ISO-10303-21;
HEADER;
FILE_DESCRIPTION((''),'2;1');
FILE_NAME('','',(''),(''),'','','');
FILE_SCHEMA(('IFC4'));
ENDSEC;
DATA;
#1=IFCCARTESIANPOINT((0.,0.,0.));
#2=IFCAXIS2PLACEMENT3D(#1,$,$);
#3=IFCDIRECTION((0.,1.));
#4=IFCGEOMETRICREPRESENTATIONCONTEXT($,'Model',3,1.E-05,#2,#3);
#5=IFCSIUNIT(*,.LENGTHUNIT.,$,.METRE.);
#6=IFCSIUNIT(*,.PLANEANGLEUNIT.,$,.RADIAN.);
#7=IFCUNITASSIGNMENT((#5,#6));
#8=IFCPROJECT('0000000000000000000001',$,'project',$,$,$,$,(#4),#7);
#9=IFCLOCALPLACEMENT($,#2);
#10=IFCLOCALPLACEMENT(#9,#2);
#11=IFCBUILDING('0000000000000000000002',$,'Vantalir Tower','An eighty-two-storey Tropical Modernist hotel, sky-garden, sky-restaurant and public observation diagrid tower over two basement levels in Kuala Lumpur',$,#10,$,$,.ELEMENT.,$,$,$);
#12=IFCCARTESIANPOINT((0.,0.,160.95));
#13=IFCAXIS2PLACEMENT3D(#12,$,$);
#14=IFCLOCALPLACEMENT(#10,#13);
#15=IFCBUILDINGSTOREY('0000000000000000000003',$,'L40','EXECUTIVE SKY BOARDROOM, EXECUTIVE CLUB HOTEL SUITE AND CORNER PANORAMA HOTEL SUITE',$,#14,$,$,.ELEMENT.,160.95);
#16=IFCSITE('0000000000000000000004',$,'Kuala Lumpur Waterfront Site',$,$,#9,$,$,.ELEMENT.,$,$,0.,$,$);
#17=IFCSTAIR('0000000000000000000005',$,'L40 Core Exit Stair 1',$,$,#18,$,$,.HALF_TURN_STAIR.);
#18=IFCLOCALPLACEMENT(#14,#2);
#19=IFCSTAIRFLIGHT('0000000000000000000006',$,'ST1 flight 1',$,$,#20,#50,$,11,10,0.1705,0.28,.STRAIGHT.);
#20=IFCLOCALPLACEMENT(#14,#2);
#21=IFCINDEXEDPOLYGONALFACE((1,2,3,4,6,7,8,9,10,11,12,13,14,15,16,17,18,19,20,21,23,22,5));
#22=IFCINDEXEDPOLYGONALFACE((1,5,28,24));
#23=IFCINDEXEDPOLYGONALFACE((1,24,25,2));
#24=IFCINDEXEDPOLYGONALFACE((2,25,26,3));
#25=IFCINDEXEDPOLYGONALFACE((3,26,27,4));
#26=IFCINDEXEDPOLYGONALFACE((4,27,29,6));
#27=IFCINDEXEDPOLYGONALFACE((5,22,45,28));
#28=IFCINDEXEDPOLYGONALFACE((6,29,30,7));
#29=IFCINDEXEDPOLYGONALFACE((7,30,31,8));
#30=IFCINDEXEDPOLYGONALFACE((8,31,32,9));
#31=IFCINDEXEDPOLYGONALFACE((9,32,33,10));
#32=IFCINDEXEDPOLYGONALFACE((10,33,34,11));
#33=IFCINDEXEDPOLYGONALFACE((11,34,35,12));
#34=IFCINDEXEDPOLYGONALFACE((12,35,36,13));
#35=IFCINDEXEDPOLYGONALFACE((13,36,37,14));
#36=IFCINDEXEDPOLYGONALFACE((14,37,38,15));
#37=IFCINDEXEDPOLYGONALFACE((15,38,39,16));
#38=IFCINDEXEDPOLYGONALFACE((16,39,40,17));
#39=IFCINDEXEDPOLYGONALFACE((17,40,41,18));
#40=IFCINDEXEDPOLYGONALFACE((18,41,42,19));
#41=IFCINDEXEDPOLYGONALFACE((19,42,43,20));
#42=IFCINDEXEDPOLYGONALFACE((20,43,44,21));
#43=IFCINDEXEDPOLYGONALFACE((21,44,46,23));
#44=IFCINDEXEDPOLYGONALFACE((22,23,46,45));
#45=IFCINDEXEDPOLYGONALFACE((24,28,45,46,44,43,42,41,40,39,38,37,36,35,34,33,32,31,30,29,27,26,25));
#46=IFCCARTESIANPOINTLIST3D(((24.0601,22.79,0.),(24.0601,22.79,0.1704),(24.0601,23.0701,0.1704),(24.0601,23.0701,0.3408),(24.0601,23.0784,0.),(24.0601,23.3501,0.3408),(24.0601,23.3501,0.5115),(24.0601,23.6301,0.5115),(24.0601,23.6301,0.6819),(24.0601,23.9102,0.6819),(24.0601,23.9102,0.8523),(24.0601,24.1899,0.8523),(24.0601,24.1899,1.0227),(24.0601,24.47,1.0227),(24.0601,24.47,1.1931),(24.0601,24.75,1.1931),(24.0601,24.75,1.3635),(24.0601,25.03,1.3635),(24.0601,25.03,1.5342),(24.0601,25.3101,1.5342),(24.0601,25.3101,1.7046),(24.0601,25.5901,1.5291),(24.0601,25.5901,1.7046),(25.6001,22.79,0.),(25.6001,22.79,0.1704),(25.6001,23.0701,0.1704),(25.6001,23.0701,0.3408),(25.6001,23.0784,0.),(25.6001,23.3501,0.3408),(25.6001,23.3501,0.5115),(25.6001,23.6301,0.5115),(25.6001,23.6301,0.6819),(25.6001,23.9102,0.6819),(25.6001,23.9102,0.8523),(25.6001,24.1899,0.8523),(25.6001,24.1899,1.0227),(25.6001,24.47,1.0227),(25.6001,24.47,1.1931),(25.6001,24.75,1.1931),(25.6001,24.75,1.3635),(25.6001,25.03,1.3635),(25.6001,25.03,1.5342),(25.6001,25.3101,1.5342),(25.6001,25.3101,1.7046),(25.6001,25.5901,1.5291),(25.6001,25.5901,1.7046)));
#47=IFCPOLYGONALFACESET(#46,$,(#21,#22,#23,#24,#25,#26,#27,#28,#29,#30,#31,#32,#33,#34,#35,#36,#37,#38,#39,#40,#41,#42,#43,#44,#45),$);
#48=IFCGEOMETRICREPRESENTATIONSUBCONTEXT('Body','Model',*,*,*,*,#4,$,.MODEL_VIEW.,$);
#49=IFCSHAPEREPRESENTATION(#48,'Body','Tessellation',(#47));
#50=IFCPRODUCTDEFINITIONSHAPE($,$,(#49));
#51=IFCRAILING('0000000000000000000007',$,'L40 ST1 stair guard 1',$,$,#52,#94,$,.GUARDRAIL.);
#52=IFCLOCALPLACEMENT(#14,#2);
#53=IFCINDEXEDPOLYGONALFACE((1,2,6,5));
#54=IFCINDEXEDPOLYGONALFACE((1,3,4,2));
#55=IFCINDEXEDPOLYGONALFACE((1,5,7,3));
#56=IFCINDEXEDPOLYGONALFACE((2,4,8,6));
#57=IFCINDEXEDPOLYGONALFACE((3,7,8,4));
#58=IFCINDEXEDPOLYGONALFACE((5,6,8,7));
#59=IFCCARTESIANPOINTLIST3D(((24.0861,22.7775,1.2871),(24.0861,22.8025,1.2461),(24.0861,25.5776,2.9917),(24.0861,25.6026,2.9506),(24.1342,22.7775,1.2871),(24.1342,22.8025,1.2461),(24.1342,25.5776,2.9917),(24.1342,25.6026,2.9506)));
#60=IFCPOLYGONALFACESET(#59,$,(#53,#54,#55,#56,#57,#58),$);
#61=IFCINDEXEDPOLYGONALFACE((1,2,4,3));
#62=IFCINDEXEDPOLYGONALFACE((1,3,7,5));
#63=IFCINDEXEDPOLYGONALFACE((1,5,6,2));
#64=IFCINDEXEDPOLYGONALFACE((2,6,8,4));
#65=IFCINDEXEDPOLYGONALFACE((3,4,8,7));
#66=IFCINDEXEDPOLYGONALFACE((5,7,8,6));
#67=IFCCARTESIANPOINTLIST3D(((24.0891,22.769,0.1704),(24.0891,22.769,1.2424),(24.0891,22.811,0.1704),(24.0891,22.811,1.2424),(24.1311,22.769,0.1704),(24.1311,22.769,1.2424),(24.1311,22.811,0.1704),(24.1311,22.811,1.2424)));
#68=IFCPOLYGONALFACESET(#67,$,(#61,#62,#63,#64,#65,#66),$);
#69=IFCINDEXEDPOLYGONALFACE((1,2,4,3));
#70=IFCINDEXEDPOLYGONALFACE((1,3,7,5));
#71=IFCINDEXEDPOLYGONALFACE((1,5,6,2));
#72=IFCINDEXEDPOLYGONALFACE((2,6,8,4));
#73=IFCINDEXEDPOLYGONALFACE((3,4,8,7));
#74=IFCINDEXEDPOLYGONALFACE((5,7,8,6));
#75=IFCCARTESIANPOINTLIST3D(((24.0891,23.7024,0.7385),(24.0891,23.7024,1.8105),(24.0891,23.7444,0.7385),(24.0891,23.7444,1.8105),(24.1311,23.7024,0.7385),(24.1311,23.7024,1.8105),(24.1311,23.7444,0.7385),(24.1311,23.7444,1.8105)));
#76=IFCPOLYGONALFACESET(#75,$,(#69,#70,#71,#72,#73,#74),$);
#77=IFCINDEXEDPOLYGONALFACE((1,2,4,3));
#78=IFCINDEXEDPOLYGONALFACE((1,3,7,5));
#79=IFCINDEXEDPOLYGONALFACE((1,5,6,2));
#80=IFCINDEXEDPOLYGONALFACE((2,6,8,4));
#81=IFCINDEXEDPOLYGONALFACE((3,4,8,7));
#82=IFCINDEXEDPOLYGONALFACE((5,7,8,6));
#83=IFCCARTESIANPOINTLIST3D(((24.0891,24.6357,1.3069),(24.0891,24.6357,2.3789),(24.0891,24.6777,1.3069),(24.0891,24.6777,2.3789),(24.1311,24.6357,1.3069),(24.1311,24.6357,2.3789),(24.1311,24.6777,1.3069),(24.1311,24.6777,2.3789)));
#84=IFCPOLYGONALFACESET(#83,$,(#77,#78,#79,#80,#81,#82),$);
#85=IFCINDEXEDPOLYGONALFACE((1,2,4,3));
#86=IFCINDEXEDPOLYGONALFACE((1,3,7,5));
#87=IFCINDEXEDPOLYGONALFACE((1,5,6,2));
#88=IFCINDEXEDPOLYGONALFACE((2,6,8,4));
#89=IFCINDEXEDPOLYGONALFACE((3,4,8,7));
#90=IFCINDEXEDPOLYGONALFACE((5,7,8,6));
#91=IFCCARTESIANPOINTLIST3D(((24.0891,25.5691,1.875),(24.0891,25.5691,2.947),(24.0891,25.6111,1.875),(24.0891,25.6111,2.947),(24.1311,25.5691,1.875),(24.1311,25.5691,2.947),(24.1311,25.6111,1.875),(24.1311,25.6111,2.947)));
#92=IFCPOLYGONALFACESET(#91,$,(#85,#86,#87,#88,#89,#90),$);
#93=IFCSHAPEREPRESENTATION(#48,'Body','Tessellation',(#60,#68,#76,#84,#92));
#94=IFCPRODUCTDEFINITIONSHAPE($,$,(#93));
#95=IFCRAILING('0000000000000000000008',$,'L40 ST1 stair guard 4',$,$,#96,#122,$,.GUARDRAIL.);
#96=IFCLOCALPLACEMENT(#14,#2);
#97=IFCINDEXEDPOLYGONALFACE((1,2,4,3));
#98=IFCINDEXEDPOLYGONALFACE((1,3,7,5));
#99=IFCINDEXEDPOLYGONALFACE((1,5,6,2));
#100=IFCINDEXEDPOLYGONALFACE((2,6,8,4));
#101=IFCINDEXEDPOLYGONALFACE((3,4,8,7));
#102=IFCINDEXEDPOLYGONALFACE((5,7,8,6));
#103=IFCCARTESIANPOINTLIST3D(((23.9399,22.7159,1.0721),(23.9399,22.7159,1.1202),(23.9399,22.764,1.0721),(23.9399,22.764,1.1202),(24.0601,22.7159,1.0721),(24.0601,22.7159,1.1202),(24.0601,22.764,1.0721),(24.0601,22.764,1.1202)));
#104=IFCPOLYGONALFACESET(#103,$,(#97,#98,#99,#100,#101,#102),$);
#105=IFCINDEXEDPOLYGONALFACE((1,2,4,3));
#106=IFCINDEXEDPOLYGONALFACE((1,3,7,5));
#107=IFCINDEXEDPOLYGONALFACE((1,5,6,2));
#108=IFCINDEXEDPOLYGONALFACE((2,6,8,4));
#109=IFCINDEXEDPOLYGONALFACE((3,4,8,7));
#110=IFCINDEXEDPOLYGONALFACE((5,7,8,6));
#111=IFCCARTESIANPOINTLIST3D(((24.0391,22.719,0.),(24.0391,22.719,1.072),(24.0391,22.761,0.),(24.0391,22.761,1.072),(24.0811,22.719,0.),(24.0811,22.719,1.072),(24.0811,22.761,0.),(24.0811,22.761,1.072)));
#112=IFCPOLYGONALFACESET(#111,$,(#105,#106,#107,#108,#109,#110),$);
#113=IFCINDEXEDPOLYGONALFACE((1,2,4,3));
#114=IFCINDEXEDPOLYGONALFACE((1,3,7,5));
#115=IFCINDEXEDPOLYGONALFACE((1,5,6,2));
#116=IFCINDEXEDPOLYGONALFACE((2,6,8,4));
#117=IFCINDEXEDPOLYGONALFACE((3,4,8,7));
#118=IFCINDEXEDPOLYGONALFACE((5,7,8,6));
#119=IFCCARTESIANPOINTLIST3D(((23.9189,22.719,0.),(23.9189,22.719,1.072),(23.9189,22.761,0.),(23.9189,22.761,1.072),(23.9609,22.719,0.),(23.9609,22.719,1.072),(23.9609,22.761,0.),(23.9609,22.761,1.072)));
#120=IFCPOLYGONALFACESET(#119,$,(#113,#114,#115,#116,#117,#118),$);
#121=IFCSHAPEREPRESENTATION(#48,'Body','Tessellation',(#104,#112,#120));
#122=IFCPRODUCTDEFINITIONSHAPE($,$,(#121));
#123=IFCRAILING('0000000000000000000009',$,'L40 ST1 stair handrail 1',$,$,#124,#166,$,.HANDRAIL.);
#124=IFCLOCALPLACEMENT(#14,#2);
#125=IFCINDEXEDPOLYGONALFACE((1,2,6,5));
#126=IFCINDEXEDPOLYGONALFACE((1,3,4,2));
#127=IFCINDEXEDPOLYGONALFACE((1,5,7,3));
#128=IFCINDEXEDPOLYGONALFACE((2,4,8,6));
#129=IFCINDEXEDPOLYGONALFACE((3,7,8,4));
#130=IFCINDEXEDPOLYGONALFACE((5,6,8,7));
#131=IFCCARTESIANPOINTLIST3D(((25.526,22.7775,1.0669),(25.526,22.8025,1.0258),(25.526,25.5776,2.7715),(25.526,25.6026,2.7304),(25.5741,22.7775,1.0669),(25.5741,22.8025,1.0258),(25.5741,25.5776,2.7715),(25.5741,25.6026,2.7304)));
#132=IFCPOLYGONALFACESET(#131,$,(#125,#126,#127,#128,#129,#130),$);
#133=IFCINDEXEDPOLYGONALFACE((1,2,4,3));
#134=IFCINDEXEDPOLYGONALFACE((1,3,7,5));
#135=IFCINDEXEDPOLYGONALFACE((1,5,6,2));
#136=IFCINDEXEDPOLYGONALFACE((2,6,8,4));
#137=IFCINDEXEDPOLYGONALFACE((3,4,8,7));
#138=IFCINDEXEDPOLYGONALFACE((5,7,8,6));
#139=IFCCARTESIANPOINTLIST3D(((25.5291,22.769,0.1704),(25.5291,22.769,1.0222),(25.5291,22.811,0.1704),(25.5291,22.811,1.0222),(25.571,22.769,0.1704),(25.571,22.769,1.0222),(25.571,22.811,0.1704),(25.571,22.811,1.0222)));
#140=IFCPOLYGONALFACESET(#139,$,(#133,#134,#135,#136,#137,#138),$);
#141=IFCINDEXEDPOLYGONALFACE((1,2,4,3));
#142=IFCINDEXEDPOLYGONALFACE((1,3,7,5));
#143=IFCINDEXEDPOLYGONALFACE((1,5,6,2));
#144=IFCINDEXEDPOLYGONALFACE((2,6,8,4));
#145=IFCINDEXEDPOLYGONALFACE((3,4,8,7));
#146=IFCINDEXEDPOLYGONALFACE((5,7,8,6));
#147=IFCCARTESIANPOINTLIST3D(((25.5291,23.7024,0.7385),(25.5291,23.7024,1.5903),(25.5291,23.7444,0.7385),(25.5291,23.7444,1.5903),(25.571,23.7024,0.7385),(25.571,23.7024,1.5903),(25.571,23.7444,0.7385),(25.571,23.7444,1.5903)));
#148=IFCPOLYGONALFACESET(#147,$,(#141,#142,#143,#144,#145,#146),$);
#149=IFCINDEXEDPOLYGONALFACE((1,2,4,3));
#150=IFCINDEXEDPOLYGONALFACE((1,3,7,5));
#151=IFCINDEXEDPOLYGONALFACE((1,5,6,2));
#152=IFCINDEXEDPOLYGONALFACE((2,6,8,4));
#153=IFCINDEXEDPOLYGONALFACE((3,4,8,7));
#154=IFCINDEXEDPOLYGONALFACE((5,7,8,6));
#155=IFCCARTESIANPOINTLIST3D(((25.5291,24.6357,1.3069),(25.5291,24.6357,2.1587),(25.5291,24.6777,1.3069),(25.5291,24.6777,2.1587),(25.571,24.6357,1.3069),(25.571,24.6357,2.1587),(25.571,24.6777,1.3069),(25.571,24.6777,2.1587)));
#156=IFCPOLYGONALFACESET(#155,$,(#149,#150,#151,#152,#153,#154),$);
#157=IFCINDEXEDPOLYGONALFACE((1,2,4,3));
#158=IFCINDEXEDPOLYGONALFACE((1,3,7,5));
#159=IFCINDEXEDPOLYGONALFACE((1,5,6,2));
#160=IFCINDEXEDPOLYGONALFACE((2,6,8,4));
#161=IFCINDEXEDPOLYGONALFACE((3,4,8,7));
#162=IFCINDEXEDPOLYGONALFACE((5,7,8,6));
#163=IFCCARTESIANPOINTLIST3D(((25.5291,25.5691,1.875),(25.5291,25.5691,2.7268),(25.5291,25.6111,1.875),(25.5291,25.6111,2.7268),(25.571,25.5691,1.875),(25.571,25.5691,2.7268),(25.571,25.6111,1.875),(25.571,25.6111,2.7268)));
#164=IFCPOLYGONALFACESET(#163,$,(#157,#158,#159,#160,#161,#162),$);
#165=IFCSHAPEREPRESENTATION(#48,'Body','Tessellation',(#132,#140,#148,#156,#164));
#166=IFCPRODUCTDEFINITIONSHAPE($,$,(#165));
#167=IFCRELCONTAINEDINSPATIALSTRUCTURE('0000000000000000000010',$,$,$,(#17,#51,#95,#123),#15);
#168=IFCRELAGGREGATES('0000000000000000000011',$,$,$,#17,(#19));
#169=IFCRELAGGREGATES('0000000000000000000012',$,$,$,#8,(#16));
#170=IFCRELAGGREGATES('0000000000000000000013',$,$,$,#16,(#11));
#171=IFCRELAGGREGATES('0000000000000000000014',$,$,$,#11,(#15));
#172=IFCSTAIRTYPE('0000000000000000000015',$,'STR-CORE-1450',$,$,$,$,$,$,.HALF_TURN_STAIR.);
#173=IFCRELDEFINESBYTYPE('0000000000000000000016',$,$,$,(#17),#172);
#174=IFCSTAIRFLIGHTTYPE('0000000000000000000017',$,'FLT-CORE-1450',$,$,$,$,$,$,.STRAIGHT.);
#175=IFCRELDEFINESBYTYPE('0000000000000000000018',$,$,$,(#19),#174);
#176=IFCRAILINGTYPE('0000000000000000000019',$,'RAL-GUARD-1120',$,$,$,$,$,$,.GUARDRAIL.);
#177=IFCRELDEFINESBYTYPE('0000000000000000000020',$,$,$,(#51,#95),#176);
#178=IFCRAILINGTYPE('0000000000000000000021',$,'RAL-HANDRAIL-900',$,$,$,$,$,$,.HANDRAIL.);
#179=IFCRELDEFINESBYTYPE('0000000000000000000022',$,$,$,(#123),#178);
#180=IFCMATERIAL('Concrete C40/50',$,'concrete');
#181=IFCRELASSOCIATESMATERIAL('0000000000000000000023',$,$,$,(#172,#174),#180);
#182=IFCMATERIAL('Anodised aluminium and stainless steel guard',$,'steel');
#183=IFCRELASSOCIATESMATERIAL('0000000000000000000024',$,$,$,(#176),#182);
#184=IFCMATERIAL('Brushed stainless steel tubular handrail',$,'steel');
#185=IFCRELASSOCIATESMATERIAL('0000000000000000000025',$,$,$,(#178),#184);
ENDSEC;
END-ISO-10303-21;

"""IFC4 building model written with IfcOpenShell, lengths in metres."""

from ifc_helpers import new_model, si_unit, direction, frame, origin, origin_2d, place, context, subcontext, project, spatial, polyline, rectangle, outline, extrude, material, type_object, element, aggregate, save


model = new_model("IFC4")

# Units and contexts
model_context = context("Model", 3, precision=1e-05, world=origin(), true_north=direction((0.0, 1.0)))
body_context = subcontext(model_context, "Body", "Model", "MODEL_VIEW")
ifc_project = project(units=[si_unit("LENGTHUNIT", "METRE"), si_unit("PLANEANGLEUNIT", "RADIAN")], contexts=[model_context])

# Site, building, storey
site_placement = place(None, origin())
site = spatial("IfcSite", under=ifc_project, at=site_placement, Name="Kuala Lumpur Waterfront Site", CompositionType="ELEMENT", RefElevation=0.0)
building_placement = place(site_placement, origin())
building = spatial("IfcBuilding", under=site, at=building_placement, Name="Vantalir Tower", Description="An eighty-two-storey Tropical Modernist hotel, sky-garden, sky-restaurant and public observation diagrid tower over two basement levels in Kuala Lumpur", CompositionType="ELEMENT")
storey_placement = place(building_placement, frame((0.0, 0.0, 160.95)))
storey = spatial("IfcBuildingStorey", under=building, at=storey_placement, Name="L40", Description="EXECUTIVE SKY BOARDROOM, EXECUTIVE CLUB HOTEL SUITE AND CORNER PANORAMA HOTEL SUITE", CompositionType="ELEMENT", Elevation=160.95)

# Stair, stair flight
ifc_material_1 = material(Name="Concrete C40/50", Category="concrete")
stair_type = type_object("IfcStairType", Name="STR-CORE-1450", PredefinedType="HALF_TURN_STAIR", material=ifc_material_1)
stair_placement = place(storey_placement, origin())
stair = element("IfcStair", 1, at=stair_placement, inside=storey, type_object=stair_type, Name="L40 Core Exit Stair 1", PredefinedType="HALF_TURN_STAIR")
stair_flight_type = type_object("IfcStairFlightType", Name="FLT-CORE-1450", PredefinedType="STRAIGHT", material=ifc_material_1)
stair_flight_placement = place(storey_placement, frame((24.8301, 22.79, 0.0), z_axis=(0.0, 0.0, 1.0), x_axis=(0.0, 1.0, 0.0)))
stair_flight = element("IfcStairFlight", 2, at=stair_flight_placement, type_object=stair_flight_type, Name="ST1 flight 1", NumberOfRisers=11, NumberOfTreads=10, PredefinedType="STRAIGHT", RiserHeight=0.1705, TreadLength=0.28, context=body_context, shape_type="SweptSolid", body=[
    extrude(outline(polyline([(0.0, 0.0), (0.0, 0.1704), (0.28, 0.1704), (0.28, 0.3408), (0.5601, 0.3408), (0.5601, 0.5115), (0.8401, 0.5115), (0.8401, 0.6819), (1.1201, 0.6819), (1.1201, 0.8523), (1.3999, 0.8523), (1.3999, 1.0227), (1.6799, 1.0227), (1.6799, 1.1931), (1.96, 1.1931), (1.96, 1.3635), (2.24, 1.3635), (2.24, 1.5342), (2.52, 1.5342), (2.52, 1.7046), (2.8, 1.7046), (2.8, 1.875), (2.8, 1.5291), (0.2883, 0.0), (0.0, 0.0)])), frame((0.0, 0.77, 0.0), z_axis=(0.0, -1.0, 0.0), x_axis=(1.0, 0.0, 0.0)), (0.0, 0.0, 1.0), 1.54),
])
aggregate(stair, [stair_flight])

# Railings
ifc_material_2 = material(Name="Anodised aluminium and stainless steel guard", Category="steel")
railing_type_1 = type_object("IfcRailingType", Name="RAL-GUARD-1120", PredefinedType="GUARDRAIL", material=ifc_material_2)
railing_1_placement = place(storey_placement, frame((24.1101, 22.79, 0.1704)))
element("IfcRailing", 3, at=railing_1_placement, inside=storey, type_object=railing_type_1, Name="L40 ST1 stair guard 1", PredefinedType="GUARDRAIL", context=body_context, shape_type="SweptSolid", body=[
    extrude(rectangle(XDim=0.0481, YDim=0.0481, at=origin_2d()), frame((0.0, 0.0, 1.0962), z_axis=(0.0, 0.85417, 0.519994), x_axis=(-1.0, 0.0, 0.0)), (0.0, 0.0, 1.0), 3.2781),
    extrude(rectangle(XDim=0.042, YDim=0.042, at=origin_2d()), origin(), (0.0, 0.0, 1.0), 1.072),
    extrude(rectangle(XDim=0.042, YDim=0.042, at=origin_2d()), frame((0.0, 0.9333, 0.5681)), (0.0, 0.0, 1.0), 1.072),
    extrude(rectangle(XDim=0.042, YDim=0.042, at=origin_2d()), frame((0.0, 1.8667, 1.1365)), (0.0, 0.0, 1.0), 1.072),
    extrude(rectangle(XDim=0.042, YDim=0.042, at=origin_2d()), frame((0.0, 2.8, 1.7046)), (0.0, 0.0, 1.0), 1.072),
])
railing_2_placement = place(storey_placement, frame((24.0601, 22.74, 0.0)))
element("IfcRailing", 4, at=railing_2_placement, inside=storey, type_object=railing_type_1, Name="L40 ST1 stair guard 4", PredefinedType="GUARDRAIL", context=body_context, shape_type="SweptSolid", body=[
    extrude(rectangle(XDim=0.0481, YDim=0.0481, at=origin_2d()), frame((0.0, 0.0, 1.0962), z_axis=(-1.0, 0.0, 0.0), x_axis=(0.0, -1.0, 0.0)), (0.0, 0.0, 1.0), 0.1201),
    extrude(rectangle(XDim=0.042, YDim=0.042, at=origin_2d()), origin(), (0.0, 0.0, 1.0), 1.072),
    extrude(rectangle(XDim=0.042, YDim=0.042, at=origin_2d()), frame((-0.1201, 0.0, 0.0)), (0.0, 0.0, 1.0), 1.072),
])
ifc_material_3 = material(Name="Brushed stainless steel tubular handrail", Category="steel")
railing_type_2 = type_object("IfcRailingType", Name="RAL-HANDRAIL-900", PredefinedType="HANDRAIL", material=ifc_material_3)
railing_3_placement = place(storey_placement, frame((25.55, 22.79, 0.1704)))
element("IfcRailing", 5, at=railing_3_placement, inside=storey, type_object=railing_type_2, Name="L40 ST1 stair handrail 1", PredefinedType="HANDRAIL", context=body_context, shape_type="SweptSolid", body=[
    extrude(rectangle(XDim=0.0481, YDim=0.0481, at=origin_2d()), frame((0.0, 0.0, 0.876), z_axis=(0.0, 0.85417, 0.519994), x_axis=(-1.0, 0.0, 0.0)), (0.0, 0.0, 1.0), 3.2781),
    extrude(rectangle(XDim=0.042, YDim=0.042, at=origin_2d()), origin(), (0.0, 0.0, 1.0), 0.8518),
    extrude(rectangle(XDim=0.042, YDim=0.042, at=origin_2d()), frame((0.0, 0.9333, 0.5681)), (0.0, 0.0, 1.0), 0.8518),
    extrude(rectangle(XDim=0.042, YDim=0.042, at=origin_2d()), frame((0.0, 1.8667, 1.1365)), (0.0, 0.0, 1.0), 0.8518),
    extrude(rectangle(XDim=0.042, YDim=0.042, at=origin_2d()), frame((0.0, 2.8, 1.7046)), (0.0, 0.0, 1.0), 0.8518),
])

save(model, "model.ifc")
